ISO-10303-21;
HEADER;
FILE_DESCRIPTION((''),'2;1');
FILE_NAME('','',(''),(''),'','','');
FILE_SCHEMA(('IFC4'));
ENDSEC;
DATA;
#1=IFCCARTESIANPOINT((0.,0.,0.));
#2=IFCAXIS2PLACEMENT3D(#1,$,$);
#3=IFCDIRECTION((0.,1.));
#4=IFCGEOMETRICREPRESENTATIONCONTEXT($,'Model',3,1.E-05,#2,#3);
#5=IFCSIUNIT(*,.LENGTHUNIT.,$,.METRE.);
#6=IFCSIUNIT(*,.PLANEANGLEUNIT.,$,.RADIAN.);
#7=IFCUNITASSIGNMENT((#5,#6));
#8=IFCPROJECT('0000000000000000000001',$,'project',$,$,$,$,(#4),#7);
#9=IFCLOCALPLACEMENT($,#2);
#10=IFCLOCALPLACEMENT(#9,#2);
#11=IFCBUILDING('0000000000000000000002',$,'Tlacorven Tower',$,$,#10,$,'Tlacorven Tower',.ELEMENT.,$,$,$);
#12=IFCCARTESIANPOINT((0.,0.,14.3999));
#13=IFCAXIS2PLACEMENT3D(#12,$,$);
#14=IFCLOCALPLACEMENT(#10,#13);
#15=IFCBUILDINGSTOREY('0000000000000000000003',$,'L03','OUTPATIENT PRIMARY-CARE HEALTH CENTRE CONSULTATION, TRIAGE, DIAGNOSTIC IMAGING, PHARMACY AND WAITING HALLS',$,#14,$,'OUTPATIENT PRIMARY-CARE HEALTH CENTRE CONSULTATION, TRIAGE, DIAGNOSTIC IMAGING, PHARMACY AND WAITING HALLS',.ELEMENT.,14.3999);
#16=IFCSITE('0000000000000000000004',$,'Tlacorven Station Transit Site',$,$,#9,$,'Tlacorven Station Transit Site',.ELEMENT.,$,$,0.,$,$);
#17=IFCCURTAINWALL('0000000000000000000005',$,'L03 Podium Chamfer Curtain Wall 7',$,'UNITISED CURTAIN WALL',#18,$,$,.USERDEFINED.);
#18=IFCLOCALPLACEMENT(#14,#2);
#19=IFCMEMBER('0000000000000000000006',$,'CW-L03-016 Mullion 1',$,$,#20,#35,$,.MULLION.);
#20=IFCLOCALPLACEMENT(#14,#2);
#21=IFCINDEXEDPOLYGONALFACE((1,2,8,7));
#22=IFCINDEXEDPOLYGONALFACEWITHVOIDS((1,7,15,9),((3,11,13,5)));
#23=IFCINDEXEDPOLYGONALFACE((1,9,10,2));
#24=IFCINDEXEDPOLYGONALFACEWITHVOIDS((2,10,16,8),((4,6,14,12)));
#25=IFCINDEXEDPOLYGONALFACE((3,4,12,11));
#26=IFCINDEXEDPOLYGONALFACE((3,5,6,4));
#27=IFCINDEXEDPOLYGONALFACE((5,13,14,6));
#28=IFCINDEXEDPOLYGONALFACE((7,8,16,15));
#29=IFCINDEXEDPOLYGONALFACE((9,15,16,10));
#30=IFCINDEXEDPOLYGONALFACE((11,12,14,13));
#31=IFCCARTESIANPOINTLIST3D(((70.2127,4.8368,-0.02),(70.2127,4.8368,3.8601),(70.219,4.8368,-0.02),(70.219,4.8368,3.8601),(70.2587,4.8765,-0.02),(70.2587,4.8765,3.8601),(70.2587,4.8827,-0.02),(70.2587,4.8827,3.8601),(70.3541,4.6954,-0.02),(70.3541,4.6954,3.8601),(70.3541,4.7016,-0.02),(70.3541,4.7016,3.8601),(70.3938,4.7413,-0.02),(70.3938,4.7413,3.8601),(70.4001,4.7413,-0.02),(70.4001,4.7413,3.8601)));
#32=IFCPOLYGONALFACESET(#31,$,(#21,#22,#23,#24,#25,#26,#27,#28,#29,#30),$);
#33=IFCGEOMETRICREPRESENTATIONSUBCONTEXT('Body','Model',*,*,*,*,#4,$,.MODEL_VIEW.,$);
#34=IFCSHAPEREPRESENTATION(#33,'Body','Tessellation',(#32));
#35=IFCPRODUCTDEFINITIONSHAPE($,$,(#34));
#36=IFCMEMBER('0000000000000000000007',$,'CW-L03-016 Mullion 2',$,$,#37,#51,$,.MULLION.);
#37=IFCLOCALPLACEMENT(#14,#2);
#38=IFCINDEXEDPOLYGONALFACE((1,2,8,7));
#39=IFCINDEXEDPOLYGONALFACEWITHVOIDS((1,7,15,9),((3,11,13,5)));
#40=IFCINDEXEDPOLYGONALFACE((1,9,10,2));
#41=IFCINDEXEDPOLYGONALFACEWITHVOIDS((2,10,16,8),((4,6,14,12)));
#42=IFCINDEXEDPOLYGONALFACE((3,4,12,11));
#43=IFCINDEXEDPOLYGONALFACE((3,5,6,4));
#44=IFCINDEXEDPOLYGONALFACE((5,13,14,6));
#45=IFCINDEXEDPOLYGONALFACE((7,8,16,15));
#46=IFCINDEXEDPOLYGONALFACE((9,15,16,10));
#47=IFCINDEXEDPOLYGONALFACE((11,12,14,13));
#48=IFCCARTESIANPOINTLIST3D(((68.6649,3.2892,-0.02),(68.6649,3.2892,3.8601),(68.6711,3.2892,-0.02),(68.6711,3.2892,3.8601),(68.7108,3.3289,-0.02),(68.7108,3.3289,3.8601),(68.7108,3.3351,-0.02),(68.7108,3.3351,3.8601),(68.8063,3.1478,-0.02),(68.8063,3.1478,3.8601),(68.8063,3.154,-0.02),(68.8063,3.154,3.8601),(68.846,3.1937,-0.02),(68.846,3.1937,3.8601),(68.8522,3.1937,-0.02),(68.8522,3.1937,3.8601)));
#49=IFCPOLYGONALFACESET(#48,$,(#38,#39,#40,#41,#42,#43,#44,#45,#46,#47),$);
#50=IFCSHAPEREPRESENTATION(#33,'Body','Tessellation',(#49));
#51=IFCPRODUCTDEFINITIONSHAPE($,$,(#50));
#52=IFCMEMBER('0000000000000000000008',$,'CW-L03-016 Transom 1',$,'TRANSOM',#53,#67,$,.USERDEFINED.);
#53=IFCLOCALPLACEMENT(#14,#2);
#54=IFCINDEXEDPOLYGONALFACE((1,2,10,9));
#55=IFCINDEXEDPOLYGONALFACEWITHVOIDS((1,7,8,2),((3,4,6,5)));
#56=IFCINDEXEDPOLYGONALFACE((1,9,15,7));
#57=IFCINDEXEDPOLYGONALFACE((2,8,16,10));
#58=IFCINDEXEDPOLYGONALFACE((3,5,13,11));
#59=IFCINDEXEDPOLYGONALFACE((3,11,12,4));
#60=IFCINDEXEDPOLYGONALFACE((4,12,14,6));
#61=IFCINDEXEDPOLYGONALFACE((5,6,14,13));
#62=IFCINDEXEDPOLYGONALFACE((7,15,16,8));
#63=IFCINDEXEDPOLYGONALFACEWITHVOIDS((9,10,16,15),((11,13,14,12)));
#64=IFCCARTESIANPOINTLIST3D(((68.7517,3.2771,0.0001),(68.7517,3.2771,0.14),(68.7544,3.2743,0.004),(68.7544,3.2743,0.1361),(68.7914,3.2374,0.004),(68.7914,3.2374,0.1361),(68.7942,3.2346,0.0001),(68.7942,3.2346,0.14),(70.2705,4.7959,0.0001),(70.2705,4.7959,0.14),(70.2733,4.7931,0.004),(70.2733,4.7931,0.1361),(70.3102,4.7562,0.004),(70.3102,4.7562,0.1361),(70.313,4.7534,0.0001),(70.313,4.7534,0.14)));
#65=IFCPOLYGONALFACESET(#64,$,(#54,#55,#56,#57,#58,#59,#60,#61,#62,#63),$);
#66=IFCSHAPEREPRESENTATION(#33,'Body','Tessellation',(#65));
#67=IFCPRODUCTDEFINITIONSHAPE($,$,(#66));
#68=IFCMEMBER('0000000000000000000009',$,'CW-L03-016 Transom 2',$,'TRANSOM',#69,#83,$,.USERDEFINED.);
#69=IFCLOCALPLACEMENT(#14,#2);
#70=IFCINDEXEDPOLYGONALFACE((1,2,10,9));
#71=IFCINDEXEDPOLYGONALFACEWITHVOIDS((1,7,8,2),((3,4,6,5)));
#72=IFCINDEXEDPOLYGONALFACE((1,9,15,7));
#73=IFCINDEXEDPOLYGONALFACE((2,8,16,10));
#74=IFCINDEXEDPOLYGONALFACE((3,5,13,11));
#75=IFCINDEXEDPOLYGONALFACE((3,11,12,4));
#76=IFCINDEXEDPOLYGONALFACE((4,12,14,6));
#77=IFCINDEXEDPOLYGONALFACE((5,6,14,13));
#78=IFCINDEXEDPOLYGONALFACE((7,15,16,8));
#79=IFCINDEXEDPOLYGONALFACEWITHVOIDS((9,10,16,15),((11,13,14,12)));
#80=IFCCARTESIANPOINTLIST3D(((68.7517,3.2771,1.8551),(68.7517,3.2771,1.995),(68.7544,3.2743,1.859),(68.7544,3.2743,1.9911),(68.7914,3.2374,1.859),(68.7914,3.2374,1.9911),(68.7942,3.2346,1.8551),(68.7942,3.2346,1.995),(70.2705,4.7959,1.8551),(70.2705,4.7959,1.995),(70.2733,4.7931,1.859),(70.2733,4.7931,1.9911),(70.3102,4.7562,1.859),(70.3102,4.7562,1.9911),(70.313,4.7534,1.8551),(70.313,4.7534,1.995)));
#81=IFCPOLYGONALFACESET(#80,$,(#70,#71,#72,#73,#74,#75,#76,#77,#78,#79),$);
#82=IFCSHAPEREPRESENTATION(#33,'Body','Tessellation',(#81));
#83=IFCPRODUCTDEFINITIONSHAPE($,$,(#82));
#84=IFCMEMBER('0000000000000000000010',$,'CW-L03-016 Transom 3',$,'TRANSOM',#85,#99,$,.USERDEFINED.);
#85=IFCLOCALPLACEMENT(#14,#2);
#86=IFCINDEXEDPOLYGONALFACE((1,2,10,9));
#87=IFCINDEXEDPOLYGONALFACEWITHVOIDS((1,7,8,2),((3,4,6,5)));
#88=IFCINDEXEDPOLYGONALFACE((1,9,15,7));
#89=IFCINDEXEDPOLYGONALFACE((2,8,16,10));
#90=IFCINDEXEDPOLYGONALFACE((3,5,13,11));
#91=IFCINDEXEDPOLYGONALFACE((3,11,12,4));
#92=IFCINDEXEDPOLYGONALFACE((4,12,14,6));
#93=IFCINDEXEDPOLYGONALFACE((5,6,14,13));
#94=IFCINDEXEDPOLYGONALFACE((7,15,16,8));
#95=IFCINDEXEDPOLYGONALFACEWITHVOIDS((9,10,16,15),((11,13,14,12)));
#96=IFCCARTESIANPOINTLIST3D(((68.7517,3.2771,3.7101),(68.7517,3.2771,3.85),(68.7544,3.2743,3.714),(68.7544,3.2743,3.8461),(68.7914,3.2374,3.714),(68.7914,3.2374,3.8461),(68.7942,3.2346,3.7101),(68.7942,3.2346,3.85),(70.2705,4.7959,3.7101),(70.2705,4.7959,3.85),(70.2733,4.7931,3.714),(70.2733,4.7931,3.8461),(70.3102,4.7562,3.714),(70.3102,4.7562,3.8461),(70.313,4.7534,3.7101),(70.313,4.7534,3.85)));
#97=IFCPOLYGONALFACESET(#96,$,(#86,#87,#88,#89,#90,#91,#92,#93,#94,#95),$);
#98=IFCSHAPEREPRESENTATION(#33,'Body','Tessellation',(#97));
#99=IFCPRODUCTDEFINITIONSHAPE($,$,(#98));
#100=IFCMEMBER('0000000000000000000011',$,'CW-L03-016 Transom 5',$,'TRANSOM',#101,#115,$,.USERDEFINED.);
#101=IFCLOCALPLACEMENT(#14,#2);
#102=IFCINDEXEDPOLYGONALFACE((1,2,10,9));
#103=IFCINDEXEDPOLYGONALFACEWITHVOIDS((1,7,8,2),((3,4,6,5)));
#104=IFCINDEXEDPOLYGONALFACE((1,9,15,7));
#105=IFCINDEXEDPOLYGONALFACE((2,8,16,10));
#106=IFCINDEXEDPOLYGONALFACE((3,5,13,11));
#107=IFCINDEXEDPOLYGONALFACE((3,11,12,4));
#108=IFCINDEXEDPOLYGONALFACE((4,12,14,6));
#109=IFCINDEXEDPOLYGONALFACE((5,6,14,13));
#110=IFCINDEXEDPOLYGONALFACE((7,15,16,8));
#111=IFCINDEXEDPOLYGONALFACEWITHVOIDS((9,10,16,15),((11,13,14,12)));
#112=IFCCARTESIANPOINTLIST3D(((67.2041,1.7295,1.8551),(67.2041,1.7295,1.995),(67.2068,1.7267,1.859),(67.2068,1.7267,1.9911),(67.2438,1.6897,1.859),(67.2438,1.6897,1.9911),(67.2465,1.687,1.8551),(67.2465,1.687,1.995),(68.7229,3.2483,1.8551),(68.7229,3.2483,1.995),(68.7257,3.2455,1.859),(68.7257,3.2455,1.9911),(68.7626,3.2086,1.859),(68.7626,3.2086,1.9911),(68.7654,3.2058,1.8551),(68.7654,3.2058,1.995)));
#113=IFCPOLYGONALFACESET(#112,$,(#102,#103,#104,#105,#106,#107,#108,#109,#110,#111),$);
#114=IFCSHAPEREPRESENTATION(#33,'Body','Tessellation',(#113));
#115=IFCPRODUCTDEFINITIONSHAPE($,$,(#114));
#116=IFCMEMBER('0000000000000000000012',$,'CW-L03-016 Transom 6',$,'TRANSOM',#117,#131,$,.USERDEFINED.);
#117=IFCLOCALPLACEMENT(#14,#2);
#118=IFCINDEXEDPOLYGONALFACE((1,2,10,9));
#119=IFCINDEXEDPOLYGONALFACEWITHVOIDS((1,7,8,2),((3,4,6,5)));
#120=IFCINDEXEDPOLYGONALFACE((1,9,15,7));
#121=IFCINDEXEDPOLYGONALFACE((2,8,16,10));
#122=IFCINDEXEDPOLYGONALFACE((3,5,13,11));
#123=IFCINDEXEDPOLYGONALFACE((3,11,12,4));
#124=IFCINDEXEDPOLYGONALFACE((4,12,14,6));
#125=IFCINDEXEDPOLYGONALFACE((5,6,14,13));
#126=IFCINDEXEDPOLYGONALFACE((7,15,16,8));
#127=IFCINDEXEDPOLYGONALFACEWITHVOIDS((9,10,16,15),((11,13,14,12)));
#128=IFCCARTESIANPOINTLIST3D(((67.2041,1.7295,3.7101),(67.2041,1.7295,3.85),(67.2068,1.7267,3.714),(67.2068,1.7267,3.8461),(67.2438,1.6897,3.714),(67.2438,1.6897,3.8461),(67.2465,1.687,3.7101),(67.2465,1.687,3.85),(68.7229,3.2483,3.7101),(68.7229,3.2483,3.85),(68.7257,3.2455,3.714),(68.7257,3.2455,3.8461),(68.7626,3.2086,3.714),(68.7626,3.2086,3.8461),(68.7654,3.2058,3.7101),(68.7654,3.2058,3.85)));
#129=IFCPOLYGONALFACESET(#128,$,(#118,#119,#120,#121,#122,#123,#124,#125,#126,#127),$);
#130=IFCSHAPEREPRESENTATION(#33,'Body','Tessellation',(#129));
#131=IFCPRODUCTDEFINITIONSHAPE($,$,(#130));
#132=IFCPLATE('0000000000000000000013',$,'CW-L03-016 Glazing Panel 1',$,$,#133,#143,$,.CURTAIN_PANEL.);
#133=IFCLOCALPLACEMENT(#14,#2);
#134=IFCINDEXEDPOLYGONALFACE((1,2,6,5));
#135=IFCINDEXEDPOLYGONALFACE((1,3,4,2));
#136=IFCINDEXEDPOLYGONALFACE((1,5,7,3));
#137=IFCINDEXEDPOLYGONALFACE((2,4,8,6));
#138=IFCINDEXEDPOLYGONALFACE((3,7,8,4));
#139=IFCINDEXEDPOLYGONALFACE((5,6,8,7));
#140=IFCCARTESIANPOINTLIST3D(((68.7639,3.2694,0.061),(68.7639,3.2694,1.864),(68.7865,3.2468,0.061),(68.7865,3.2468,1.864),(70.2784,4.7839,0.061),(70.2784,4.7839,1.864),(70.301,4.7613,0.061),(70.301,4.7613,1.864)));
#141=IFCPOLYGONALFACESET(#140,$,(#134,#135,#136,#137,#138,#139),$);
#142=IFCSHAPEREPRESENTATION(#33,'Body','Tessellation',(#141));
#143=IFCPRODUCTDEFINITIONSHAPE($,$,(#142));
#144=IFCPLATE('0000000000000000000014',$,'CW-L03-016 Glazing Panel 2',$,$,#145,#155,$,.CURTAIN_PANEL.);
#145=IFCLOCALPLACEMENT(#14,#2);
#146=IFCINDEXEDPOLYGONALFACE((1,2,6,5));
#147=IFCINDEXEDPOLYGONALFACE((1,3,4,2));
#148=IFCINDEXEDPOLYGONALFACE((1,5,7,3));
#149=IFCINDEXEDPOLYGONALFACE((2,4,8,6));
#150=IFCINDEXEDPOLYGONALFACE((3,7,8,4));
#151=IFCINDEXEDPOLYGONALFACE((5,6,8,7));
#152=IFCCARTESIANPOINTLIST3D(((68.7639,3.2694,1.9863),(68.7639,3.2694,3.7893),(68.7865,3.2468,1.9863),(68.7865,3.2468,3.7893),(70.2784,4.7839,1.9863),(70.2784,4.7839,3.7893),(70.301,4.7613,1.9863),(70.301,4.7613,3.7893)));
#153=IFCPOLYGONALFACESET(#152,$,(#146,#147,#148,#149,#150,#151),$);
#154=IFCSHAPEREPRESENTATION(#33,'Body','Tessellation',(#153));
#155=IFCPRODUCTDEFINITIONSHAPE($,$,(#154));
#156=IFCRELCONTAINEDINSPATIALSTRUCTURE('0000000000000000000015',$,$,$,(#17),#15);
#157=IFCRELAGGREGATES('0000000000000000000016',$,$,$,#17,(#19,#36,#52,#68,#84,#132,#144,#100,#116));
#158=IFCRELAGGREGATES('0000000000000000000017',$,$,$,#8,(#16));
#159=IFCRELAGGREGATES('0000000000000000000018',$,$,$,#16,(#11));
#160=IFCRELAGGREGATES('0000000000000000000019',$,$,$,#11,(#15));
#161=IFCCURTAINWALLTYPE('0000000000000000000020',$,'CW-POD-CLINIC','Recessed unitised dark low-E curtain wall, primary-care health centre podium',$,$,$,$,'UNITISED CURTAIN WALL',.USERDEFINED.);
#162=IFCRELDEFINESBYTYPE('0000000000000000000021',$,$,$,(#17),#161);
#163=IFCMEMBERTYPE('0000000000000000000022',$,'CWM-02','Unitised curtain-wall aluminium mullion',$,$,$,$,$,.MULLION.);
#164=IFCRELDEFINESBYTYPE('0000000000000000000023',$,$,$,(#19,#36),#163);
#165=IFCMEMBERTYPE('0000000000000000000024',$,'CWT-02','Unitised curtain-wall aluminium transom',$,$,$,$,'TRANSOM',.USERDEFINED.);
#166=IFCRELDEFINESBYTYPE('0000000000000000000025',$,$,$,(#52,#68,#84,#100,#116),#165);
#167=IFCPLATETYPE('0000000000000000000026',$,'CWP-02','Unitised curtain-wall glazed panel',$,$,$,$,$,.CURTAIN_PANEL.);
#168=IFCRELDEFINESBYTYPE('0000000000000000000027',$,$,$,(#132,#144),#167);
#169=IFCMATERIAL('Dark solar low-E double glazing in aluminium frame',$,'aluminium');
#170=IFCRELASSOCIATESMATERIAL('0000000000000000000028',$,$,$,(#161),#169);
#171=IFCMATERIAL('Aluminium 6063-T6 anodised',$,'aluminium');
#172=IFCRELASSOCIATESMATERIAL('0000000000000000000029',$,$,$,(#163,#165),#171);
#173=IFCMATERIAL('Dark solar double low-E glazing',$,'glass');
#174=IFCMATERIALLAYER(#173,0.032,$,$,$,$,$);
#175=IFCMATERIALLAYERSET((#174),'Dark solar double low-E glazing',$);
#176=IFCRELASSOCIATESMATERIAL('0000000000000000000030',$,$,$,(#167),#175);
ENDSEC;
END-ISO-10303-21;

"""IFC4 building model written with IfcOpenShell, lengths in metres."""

from ifc_helpers import new_model, si_unit, direction, frame, origin, origin_2d, place, context, subcontext, project, spatial, rectangle, hollow_rectangle, extrude, source, transform, mapped, material, layer, layer_set, material_profile, profile_set, type_object, element, aggregate, save


model = new_model("IFC4")

# Units and contexts
model_context = context("Model", 3, precision=1e-05, world=origin(), true_north=direction((0.0, 1.0)))
body_context = subcontext(model_context, "Body", "Model", "MODEL_VIEW")
ifc_project = project(units=[si_unit("LENGTHUNIT", "METRE"), si_unit("PLANEANGLEUNIT", "RADIAN")], contexts=[model_context])

# Site, building, storey
site_placement = place(None, origin())
site = spatial("IfcSite", under=ifc_project, at=site_placement, Name="Tlacorven Station Transit Site", LongName="Tlacorven Station Transit Site", CompositionType="ELEMENT", RefElevation=0.0)
building_placement = place(site_placement, origin())
building = spatial("IfcBuilding", under=site, at=building_placement, Name="Tlacorven Tower", LongName="Tlacorven Tower", CompositionType="ELEMENT")
storey_placement = place(building_placement, frame((0.0, 0.0, 14.3999)))
storey = spatial("IfcBuildingStorey", under=building, at=storey_placement, Name="L03", Description="OUTPATIENT PRIMARY-CARE HEALTH CENTRE CONSULTATION, TRIAGE, DIAGNOSTIC IMAGING, PHARMACY AND WAITING HALLS", LongName="OUTPATIENT PRIMARY-CARE HEALTH CENTRE CONSULTATION, TRIAGE, DIAGNOSTIC IMAGING, PHARMACY AND WAITING HALLS", CompositionType="ELEMENT", Elevation=14.3999)

# Curtain wall, members, plates
ifc_material_1 = material(Name="Dark solar low-E double glazing in aluminium frame", Category="aluminium")
curtain_wall_type = type_object("IfcCurtainWallType", Name="CW-POD-CLINIC", Description="Recessed unitised dark low-E curtain wall, primary-care health centre podium", ElementType="UNITISED CURTAIN WALL", PredefinedType="USERDEFINED", material=ifc_material_1)
curtain_wall_placement = place(storey_placement, origin())
curtain_wall = element("IfcCurtainWall", 1, at=curtain_wall_placement, inside=storey, type_object=curtain_wall_type, Name="L03 Podium Chamfer Curtain Wall 7", ObjectType="UNITISED CURTAIN WALL", PredefinedType="USERDEFINED")
ifc_material_2 = material(Name="Aluminium 6063-T6 anodised", Category="aluminium")
ifc_material_profile_1 = material_profile(ifc_material_2, hollow_rectangle(XDim=0.0649, YDim=0.2, WallThickness=0.0044, at=origin_2d()), Name="ALU MULLION 65X200")
ifc_profile_set_1 = profile_set([ifc_material_profile_1], Name="Aluminium 6063-T6 anodised")
member_type_1 = type_object("IfcMemberType", Name="CWM-02", Description="Unitised curtain-wall aluminium mullion", PredefinedType="MULLION", material=ifc_profile_set_1)
shared_shape_1 = source(origin(), body_context, "Body", "SweptSolid", [
    extrude(hollow_rectangle(XDim=0.0649, YDim=0.2, WallThickness=0.0044, at=origin_2d()), origin(), (0.0, 0.0, 1.0), 3.8801),
])
member_1_placement = place(storey_placement, frame((70.3064, 4.7891, -0.02), z_axis=(0.0, 0.0, 1.0), x_axis=(-0.707107, -0.707107, 0.0)))
member_1 = element("IfcMember", 2, at=member_1_placement, type_object=member_type_1, Name="CW-L03-016 Mullion 1", PredefinedType="MULLION", context=body_context, shape_type="MappedRepresentation", body=[
    mapped(shared_shape_1, transform((0.0, 0.0, 0.0), scale=1.0)),
])
member_2_placement = place(storey_placement, frame((68.7585, 3.2415, -0.02), z_axis=(0.0, 0.0, 1.0), x_axis=(-0.707107, -0.707107, 0.0)))
member_2 = element("IfcMember", 3, at=member_2_placement, type_object=member_type_1, Name="CW-L03-016 Mullion 2", PredefinedType="MULLION", context=body_context, shape_type="MappedRepresentation", body=[
    mapped(shared_shape_1, transform((0.0, 0.0, 0.0), scale=1.0)),
])
ifc_material_profile_2 = material_profile(ifc_material_2, hollow_rectangle(XDim=0.0601, YDim=0.1399, WallThickness=0.0039, at=origin_2d()), Name="ALU TRANSOM 60X140")
ifc_profile_set_2 = profile_set([ifc_material_profile_2], Name="Aluminium 6063-T6 anodised")
member_type_2 = type_object("IfcMemberType", Name="CWT-02", Description="Unitised curtain-wall aluminium transom", ElementType="TRANSOM", PredefinedType="USERDEFINED", material=ifc_profile_set_2)
shared_shape_2 = source(origin(), body_context, "Body", "SweptSolid", [
    extrude(hollow_rectangle(XDim=0.0601, YDim=0.1399, WallThickness=0.0039, at=origin_2d()), origin(), (0.0, 0.0, 1.0), 2.1479),
])
member_3_placement = place(storey_placement, frame((70.2917, 4.7747, 0.0701), z_axis=(-0.707107, -0.707107, 0.0), x_axis=(0.707107, -0.707107, 0.0)))
member_3 = element("IfcMember", 4, at=member_3_placement, type_object=member_type_2, Name="CW-L03-016 Transom 1", ObjectType="TRANSOM", PredefinedType="USERDEFINED", context=body_context, shape_type="MappedRepresentation", body=[
    mapped(shared_shape_2, transform((0.0, 0.0, 0.0), scale=1.0)),
])
member_4_placement = place(storey_placement, frame((70.2917, 4.7747, 1.925), z_axis=(-0.707107, -0.707107, 0.0), x_axis=(0.707107, -0.707107, 0.0)))
member_4 = element("IfcMember", 5, at=member_4_placement, type_object=member_type_2, Name="CW-L03-016 Transom 2", ObjectType="TRANSOM", PredefinedType="USERDEFINED", context=body_context, shape_type="MappedRepresentation", body=[
    mapped(shared_shape_2, transform((0.0, 0.0, 0.0), scale=1.0)),
])
member_5_placement = place(storey_placement, frame((70.2917, 4.7747, 3.78), z_axis=(-0.707107, -0.707107, 0.0), x_axis=(0.707107, -0.707107, 0.0)))
member_5 = element("IfcMember", 6, at=member_5_placement, type_object=member_type_2, Name="CW-L03-016 Transom 3", ObjectType="TRANSOM", PredefinedType="USERDEFINED", context=body_context, shape_type="MappedRepresentation", body=[
    mapped(shared_shape_2, transform((0.0, 0.0, 0.0), scale=1.0)),
])
member_6_placement = place(storey_placement, frame((68.7441, 3.2271, 1.925), z_axis=(-0.707107, -0.707107, 0.0), x_axis=(0.707107, -0.707107, 0.0)))
member_6 = element("IfcMember", 7, at=member_6_placement, type_object=member_type_2, Name="CW-L03-016 Transom 5", ObjectType="TRANSOM", PredefinedType="USERDEFINED", context=body_context, shape_type="MappedRepresentation", body=[
    mapped(shared_shape_2, transform((0.0, 0.0, 0.0), scale=1.0)),
])
member_7_placement = place(storey_placement, frame((68.7441, 3.2271, 3.78), z_axis=(-0.707107, -0.707107, 0.0), x_axis=(0.707107, -0.707107, 0.0)))
member_7 = element("IfcMember", 8, at=member_7_placement, type_object=member_type_2, Name="CW-L03-016 Transom 6", ObjectType="TRANSOM", PredefinedType="USERDEFINED", context=body_context, shape_type="MappedRepresentation", body=[
    mapped(shared_shape_2, transform((0.0, 0.0, 0.0), scale=1.0)),
])
ifc_material_3 = material(Name="Dark solar double low-E glazing", Category="glass")
ifc_layer = layer(ifc_material_3, 0.032)
ifc_layer_set = layer_set([ifc_layer], Name="Dark solar double low-E glazing")
plate_type = type_object("IfcPlateType", Name="CWP-02", Description="Unitised curtain-wall glazed panel", PredefinedType="CURTAIN_PANEL", material=ifc_layer_set)
shared_shape_3 = source(origin(), body_context, "Body", "SweptSolid", [
    extrude(rectangle(XDim=2.1418, YDim=0.032, at=origin_2d()), origin(), (0.0, 0.0, 1.0), 1.803),
])
plate_1_placement = place(storey_placement, frame((69.5325, 4.0154, 0.061), z_axis=(0.0, 0.0, 1.0), x_axis=(-0.707107, -0.707107, 0.0)))
plate_1 = element("IfcPlate", 9, at=plate_1_placement, type_object=plate_type, Name="CW-L03-016 Glazing Panel 1", PredefinedType="CURTAIN_PANEL", context=body_context, shape_type="MappedRepresentation", body=[
    mapped(shared_shape_3, transform((0.0, 0.0, 0.0), scale=1.0)),
])
plate_2_placement = place(storey_placement, frame((69.5325, 4.0154, 1.9863), z_axis=(0.0, 0.0, 1.0), x_axis=(-0.707107, -0.707107, 0.0)))
plate_2 = element("IfcPlate", 10, at=plate_2_placement, type_object=plate_type, Name="CW-L03-016 Glazing Panel 2", PredefinedType="CURTAIN_PANEL", context=body_context, shape_type="MappedRepresentation", body=[
    mapped(shared_shape_3, transform((0.0, 0.0, 0.0), scale=1.0)),
])
aggregate(curtain_wall, [member_1, member_2, member_3, member_4, member_5, plate_1, plate_2, member_6, member_7])

save(model, "model.ifc")
